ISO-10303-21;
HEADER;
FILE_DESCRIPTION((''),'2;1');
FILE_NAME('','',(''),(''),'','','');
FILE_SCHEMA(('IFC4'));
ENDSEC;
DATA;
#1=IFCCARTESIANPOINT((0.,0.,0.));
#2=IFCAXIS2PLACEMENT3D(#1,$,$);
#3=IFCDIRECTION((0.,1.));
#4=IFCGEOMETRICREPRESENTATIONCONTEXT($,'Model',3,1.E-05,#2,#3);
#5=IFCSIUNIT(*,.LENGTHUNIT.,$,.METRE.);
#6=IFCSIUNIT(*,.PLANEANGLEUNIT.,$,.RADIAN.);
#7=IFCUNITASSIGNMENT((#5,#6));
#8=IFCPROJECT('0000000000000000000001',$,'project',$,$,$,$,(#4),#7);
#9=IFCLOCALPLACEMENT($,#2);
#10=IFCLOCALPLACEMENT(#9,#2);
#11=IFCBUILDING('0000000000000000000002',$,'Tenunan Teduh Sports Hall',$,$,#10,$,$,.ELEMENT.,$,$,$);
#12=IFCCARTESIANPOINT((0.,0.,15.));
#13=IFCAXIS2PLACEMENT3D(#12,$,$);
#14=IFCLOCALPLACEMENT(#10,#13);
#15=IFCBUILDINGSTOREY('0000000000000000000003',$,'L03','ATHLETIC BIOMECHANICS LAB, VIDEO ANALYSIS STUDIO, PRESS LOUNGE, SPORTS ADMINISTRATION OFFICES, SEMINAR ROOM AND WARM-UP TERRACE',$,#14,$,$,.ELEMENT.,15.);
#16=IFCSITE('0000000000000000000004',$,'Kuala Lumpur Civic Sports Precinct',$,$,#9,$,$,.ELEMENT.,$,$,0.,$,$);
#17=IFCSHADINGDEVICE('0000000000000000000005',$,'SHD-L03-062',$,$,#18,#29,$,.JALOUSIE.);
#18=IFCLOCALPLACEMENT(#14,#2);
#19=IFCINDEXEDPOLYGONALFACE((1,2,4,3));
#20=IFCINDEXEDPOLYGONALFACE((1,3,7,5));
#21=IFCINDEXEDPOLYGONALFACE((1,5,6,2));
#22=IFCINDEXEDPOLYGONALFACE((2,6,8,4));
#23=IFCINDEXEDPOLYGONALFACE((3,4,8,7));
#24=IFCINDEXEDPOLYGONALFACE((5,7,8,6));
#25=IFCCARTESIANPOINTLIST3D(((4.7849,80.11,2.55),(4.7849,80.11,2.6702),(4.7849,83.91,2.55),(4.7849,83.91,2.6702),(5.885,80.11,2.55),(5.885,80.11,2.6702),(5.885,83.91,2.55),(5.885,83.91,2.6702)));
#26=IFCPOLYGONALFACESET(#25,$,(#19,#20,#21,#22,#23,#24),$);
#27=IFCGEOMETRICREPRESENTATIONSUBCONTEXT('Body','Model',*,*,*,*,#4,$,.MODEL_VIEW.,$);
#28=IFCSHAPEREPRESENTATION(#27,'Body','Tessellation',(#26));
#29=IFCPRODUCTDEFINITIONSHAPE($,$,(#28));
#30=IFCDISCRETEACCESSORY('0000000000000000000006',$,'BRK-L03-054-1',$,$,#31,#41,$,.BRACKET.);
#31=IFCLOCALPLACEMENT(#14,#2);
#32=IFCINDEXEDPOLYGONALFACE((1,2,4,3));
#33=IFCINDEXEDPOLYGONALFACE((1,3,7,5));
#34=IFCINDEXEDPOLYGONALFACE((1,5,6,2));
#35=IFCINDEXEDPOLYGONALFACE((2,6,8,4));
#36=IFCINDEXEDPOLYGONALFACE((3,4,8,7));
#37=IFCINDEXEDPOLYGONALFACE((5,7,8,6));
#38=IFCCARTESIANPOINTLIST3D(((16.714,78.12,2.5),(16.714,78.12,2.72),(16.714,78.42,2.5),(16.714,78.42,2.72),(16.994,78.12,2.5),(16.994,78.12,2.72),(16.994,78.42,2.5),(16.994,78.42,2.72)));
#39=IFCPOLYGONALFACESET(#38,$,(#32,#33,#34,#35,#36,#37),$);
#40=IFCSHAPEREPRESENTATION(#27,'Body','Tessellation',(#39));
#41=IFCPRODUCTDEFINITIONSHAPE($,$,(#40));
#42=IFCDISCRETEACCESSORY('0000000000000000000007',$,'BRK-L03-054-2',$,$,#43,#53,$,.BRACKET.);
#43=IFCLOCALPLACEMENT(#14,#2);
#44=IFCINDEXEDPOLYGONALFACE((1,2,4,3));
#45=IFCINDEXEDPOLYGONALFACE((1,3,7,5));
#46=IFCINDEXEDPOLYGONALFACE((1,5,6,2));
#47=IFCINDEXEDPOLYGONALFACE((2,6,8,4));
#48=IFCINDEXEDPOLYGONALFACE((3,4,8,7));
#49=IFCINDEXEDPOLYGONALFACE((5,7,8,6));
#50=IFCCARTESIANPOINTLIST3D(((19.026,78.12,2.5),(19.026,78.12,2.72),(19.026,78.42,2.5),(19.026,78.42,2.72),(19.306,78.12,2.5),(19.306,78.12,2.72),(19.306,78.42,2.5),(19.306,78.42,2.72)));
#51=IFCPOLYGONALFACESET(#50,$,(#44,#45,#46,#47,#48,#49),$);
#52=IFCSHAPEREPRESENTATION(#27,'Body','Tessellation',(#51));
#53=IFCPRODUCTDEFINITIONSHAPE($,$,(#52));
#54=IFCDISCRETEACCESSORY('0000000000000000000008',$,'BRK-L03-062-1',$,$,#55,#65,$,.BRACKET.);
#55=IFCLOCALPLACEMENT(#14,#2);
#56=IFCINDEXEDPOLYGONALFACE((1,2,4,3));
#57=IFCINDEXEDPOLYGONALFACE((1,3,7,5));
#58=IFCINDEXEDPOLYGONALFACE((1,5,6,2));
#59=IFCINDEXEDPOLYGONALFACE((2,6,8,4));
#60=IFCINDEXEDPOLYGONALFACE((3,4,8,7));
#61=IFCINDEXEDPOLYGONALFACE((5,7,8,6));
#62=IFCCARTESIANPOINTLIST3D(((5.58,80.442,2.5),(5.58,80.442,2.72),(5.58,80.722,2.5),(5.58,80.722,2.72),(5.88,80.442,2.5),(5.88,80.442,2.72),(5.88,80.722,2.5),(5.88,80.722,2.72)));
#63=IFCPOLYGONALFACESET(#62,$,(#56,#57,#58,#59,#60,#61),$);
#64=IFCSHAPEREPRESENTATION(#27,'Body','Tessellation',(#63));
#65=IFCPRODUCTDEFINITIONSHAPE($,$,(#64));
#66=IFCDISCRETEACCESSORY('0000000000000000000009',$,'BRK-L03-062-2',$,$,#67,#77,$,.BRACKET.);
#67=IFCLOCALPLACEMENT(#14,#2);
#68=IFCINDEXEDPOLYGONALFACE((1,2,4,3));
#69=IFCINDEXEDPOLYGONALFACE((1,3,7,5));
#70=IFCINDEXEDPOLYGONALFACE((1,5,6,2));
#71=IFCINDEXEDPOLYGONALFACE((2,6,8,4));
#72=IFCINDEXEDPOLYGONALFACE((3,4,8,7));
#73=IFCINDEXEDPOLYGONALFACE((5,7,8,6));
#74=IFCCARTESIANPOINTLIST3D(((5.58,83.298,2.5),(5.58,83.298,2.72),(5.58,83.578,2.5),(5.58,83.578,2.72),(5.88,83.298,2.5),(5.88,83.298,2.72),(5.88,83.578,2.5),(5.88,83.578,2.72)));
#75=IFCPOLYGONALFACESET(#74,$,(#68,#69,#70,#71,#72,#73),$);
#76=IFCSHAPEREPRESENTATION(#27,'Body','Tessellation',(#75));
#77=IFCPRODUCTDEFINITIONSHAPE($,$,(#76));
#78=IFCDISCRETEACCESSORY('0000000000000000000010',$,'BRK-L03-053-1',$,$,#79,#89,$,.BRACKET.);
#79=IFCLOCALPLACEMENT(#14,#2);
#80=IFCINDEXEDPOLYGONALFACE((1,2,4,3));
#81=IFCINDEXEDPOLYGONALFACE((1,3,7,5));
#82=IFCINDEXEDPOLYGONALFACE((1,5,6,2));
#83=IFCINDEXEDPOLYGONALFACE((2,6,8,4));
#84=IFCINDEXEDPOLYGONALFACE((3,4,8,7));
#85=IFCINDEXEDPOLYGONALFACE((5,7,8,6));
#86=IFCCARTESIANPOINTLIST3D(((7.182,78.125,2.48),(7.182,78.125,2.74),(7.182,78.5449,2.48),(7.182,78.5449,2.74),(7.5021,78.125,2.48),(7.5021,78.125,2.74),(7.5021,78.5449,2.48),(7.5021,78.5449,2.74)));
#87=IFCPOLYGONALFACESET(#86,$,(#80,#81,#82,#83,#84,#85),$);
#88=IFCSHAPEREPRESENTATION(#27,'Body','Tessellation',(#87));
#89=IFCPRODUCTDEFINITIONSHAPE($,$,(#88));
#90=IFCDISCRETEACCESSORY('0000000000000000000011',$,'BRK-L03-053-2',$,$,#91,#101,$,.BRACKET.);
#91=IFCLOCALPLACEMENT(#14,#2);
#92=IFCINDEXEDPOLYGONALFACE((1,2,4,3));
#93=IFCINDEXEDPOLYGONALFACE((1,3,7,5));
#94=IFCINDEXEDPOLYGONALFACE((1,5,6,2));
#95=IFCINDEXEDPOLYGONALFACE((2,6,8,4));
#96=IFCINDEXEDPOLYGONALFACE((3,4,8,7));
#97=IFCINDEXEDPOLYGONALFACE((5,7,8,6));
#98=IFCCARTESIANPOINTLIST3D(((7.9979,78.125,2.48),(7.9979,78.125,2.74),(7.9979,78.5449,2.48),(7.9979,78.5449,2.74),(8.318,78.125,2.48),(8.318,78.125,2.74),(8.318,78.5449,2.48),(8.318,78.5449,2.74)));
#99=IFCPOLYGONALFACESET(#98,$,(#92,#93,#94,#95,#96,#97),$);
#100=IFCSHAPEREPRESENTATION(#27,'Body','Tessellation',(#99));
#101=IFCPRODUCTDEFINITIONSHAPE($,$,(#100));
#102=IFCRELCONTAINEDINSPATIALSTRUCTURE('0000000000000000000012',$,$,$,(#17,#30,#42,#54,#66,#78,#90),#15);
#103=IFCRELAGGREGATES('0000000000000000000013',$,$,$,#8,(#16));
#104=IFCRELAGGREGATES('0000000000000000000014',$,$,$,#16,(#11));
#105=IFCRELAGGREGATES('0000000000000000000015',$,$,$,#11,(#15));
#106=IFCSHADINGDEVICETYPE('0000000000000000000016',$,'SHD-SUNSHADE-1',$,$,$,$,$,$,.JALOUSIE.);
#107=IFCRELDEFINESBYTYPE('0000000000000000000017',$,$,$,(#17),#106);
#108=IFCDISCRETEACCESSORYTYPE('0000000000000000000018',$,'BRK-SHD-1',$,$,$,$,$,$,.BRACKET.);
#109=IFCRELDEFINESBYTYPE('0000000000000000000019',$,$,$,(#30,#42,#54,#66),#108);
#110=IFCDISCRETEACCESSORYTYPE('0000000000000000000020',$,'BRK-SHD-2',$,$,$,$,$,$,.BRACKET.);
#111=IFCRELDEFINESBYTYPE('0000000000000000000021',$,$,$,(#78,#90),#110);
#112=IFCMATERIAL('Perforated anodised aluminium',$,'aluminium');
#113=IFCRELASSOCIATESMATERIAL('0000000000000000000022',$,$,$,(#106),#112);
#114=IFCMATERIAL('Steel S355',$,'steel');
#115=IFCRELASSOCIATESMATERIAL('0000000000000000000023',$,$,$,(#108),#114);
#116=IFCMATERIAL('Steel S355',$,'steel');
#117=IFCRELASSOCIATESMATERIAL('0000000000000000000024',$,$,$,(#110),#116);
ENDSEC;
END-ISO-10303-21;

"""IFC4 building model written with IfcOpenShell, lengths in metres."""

from ifc_helpers import new_model, si_unit, direction, frame, origin, origin_2d, place, context, subcontext, project, spatial, rectangle, extrude, material, type_object, element, save


model = new_model("IFC4")

# Units and contexts
model_context = context("Model", 3, precision=1e-05, world=origin(), true_north=direction((0.0, 1.0)))
body_context = subcontext(model_context, "Body", "Model", "MODEL_VIEW")
ifc_project = project(units=[si_unit("LENGTHUNIT", "METRE"), si_unit("PLANEANGLEUNIT", "RADIAN")], contexts=[model_context])

# Site, building, storey
site_placement = place(None, origin())
site = spatial("IfcSite", under=ifc_project, at=site_placement, Name="Kuala Lumpur Civic Sports Precinct", CompositionType="ELEMENT", RefElevation=0.0)
building_placement = place(site_placement, origin())
building = spatial("IfcBuilding", under=site, at=building_placement, Name="Tenunan Teduh Sports Hall", CompositionType="ELEMENT")
storey_placement = place(building_placement, frame((0.0, 0.0, 15.0)))
storey = spatial("IfcBuildingStorey", under=building, at=storey_placement, Name="L03", Description="ATHLETIC BIOMECHANICS LAB, VIDEO ANALYSIS STUDIO, PRESS LOUNGE, SPORTS ADMINISTRATION OFFICES, SEMINAR ROOM AND WARM-UP TERRACE", CompositionType="ELEMENT", Elevation=15.0)

# Shading device
ifc_material_1 = material(Name="Perforated anodised aluminium", Category="aluminium")
shading_device_type_1 = type_object("IfcShadingDeviceType", Name="SHD-SUNSHADE-1", PredefinedType="JALOUSIE", material=ifc_material_1)
shading_device_1_placement = place(storey_placement, frame((5.335, 82.01, 2.55), z_axis=(0.0, 0.0, 1.0), x_axis=(0.0, 1.0, 0.0)))
element("IfcShadingDevice", 1, at=shading_device_1_placement, inside=storey, type_object=shading_device_type_1, Name="SHD-L03-062", PredefinedType="JALOUSIE", context=body_context, shape_type="SweptSolid", body=[
    extrude(rectangle(XDim=3.8, YDim=1.1001, at=origin_2d()), origin(), (0.0, 0.0, 1.0), 0.1201),
])

# Discrete accessories
ifc_material_2 = material(Name="Steel S355", Category="steel")
discrete_accessory_type_1 = type_object("IfcDiscreteAccessoryType", Name="BRK-SHD-1", PredefinedType="BRACKET", material=ifc_material_2)
for number, where, z_axis, x_axis, name in (
    (2, (16.854, 78.27, 2.5), (0.0, 0.0, 1.0), (1.0, 0.0, 0.0), "BRK-L03-054-1"),
    (3, (19.166, 78.27, 2.5), (0.0, 0.0, 1.0), (1.0, 0.0, 0.0), "BRK-L03-054-2"),
    (4, (5.73, 80.582, 2.5), (0.0, 0.0, 1.0), (0.0, 1.0, 0.0), "BRK-L03-062-1"),
    (5, (5.73, 83.438, 2.5), (0.0, 0.0, 1.0), (0.0, 1.0, 0.0), "BRK-L03-062-2"),
):
    element("IfcDiscreteAccessory", number, at=place(storey_placement, frame(where, z_axis=z_axis, x_axis=x_axis)), inside=storey, type_object=discrete_accessory_type_1, Name=name, PredefinedType="BRACKET", context=body_context, shape_type="SweptSolid", body=[
        extrude(rectangle(XDim=0.28, YDim=0.3, at=origin_2d()), origin(), (0.0, 0.0, 1.0), 0.22),
    ])
ifc_material_3 = material(Name="Steel S355", Category="steel")
discrete_accessory_type_2 = type_object("IfcDiscreteAccessoryType", Name="BRK-SHD-2", PredefinedType="BRACKET", material=ifc_material_3)
for number, where, z_axis, x_axis, name in (
    (6, (7.342, 78.335, 2.48), (0.0, 0.0, 1.0), (1.0, 0.0, 0.0), "BRK-L03-053-1"),
    (7, (8.158, 78.335, 2.48), (0.0, 0.0, 1.0), (1.0, 0.0, 0.0), "BRK-L03-053-2"),
):
    element("IfcDiscreteAccessory", number, at=place(storey_placement, frame(where, z_axis=z_axis, x_axis=x_axis)), inside=storey, type_object=discrete_accessory_type_2, Name=name, PredefinedType="BRACKET", context=body_context, shape_type="SweptSolid", body=[
        extrude(rectangle(XDim=0.3201, YDim=0.4199, at=origin_2d()), origin(), (0.0, 0.0, 1.0), 0.26),
    ])

save(model, "model.ifc")
